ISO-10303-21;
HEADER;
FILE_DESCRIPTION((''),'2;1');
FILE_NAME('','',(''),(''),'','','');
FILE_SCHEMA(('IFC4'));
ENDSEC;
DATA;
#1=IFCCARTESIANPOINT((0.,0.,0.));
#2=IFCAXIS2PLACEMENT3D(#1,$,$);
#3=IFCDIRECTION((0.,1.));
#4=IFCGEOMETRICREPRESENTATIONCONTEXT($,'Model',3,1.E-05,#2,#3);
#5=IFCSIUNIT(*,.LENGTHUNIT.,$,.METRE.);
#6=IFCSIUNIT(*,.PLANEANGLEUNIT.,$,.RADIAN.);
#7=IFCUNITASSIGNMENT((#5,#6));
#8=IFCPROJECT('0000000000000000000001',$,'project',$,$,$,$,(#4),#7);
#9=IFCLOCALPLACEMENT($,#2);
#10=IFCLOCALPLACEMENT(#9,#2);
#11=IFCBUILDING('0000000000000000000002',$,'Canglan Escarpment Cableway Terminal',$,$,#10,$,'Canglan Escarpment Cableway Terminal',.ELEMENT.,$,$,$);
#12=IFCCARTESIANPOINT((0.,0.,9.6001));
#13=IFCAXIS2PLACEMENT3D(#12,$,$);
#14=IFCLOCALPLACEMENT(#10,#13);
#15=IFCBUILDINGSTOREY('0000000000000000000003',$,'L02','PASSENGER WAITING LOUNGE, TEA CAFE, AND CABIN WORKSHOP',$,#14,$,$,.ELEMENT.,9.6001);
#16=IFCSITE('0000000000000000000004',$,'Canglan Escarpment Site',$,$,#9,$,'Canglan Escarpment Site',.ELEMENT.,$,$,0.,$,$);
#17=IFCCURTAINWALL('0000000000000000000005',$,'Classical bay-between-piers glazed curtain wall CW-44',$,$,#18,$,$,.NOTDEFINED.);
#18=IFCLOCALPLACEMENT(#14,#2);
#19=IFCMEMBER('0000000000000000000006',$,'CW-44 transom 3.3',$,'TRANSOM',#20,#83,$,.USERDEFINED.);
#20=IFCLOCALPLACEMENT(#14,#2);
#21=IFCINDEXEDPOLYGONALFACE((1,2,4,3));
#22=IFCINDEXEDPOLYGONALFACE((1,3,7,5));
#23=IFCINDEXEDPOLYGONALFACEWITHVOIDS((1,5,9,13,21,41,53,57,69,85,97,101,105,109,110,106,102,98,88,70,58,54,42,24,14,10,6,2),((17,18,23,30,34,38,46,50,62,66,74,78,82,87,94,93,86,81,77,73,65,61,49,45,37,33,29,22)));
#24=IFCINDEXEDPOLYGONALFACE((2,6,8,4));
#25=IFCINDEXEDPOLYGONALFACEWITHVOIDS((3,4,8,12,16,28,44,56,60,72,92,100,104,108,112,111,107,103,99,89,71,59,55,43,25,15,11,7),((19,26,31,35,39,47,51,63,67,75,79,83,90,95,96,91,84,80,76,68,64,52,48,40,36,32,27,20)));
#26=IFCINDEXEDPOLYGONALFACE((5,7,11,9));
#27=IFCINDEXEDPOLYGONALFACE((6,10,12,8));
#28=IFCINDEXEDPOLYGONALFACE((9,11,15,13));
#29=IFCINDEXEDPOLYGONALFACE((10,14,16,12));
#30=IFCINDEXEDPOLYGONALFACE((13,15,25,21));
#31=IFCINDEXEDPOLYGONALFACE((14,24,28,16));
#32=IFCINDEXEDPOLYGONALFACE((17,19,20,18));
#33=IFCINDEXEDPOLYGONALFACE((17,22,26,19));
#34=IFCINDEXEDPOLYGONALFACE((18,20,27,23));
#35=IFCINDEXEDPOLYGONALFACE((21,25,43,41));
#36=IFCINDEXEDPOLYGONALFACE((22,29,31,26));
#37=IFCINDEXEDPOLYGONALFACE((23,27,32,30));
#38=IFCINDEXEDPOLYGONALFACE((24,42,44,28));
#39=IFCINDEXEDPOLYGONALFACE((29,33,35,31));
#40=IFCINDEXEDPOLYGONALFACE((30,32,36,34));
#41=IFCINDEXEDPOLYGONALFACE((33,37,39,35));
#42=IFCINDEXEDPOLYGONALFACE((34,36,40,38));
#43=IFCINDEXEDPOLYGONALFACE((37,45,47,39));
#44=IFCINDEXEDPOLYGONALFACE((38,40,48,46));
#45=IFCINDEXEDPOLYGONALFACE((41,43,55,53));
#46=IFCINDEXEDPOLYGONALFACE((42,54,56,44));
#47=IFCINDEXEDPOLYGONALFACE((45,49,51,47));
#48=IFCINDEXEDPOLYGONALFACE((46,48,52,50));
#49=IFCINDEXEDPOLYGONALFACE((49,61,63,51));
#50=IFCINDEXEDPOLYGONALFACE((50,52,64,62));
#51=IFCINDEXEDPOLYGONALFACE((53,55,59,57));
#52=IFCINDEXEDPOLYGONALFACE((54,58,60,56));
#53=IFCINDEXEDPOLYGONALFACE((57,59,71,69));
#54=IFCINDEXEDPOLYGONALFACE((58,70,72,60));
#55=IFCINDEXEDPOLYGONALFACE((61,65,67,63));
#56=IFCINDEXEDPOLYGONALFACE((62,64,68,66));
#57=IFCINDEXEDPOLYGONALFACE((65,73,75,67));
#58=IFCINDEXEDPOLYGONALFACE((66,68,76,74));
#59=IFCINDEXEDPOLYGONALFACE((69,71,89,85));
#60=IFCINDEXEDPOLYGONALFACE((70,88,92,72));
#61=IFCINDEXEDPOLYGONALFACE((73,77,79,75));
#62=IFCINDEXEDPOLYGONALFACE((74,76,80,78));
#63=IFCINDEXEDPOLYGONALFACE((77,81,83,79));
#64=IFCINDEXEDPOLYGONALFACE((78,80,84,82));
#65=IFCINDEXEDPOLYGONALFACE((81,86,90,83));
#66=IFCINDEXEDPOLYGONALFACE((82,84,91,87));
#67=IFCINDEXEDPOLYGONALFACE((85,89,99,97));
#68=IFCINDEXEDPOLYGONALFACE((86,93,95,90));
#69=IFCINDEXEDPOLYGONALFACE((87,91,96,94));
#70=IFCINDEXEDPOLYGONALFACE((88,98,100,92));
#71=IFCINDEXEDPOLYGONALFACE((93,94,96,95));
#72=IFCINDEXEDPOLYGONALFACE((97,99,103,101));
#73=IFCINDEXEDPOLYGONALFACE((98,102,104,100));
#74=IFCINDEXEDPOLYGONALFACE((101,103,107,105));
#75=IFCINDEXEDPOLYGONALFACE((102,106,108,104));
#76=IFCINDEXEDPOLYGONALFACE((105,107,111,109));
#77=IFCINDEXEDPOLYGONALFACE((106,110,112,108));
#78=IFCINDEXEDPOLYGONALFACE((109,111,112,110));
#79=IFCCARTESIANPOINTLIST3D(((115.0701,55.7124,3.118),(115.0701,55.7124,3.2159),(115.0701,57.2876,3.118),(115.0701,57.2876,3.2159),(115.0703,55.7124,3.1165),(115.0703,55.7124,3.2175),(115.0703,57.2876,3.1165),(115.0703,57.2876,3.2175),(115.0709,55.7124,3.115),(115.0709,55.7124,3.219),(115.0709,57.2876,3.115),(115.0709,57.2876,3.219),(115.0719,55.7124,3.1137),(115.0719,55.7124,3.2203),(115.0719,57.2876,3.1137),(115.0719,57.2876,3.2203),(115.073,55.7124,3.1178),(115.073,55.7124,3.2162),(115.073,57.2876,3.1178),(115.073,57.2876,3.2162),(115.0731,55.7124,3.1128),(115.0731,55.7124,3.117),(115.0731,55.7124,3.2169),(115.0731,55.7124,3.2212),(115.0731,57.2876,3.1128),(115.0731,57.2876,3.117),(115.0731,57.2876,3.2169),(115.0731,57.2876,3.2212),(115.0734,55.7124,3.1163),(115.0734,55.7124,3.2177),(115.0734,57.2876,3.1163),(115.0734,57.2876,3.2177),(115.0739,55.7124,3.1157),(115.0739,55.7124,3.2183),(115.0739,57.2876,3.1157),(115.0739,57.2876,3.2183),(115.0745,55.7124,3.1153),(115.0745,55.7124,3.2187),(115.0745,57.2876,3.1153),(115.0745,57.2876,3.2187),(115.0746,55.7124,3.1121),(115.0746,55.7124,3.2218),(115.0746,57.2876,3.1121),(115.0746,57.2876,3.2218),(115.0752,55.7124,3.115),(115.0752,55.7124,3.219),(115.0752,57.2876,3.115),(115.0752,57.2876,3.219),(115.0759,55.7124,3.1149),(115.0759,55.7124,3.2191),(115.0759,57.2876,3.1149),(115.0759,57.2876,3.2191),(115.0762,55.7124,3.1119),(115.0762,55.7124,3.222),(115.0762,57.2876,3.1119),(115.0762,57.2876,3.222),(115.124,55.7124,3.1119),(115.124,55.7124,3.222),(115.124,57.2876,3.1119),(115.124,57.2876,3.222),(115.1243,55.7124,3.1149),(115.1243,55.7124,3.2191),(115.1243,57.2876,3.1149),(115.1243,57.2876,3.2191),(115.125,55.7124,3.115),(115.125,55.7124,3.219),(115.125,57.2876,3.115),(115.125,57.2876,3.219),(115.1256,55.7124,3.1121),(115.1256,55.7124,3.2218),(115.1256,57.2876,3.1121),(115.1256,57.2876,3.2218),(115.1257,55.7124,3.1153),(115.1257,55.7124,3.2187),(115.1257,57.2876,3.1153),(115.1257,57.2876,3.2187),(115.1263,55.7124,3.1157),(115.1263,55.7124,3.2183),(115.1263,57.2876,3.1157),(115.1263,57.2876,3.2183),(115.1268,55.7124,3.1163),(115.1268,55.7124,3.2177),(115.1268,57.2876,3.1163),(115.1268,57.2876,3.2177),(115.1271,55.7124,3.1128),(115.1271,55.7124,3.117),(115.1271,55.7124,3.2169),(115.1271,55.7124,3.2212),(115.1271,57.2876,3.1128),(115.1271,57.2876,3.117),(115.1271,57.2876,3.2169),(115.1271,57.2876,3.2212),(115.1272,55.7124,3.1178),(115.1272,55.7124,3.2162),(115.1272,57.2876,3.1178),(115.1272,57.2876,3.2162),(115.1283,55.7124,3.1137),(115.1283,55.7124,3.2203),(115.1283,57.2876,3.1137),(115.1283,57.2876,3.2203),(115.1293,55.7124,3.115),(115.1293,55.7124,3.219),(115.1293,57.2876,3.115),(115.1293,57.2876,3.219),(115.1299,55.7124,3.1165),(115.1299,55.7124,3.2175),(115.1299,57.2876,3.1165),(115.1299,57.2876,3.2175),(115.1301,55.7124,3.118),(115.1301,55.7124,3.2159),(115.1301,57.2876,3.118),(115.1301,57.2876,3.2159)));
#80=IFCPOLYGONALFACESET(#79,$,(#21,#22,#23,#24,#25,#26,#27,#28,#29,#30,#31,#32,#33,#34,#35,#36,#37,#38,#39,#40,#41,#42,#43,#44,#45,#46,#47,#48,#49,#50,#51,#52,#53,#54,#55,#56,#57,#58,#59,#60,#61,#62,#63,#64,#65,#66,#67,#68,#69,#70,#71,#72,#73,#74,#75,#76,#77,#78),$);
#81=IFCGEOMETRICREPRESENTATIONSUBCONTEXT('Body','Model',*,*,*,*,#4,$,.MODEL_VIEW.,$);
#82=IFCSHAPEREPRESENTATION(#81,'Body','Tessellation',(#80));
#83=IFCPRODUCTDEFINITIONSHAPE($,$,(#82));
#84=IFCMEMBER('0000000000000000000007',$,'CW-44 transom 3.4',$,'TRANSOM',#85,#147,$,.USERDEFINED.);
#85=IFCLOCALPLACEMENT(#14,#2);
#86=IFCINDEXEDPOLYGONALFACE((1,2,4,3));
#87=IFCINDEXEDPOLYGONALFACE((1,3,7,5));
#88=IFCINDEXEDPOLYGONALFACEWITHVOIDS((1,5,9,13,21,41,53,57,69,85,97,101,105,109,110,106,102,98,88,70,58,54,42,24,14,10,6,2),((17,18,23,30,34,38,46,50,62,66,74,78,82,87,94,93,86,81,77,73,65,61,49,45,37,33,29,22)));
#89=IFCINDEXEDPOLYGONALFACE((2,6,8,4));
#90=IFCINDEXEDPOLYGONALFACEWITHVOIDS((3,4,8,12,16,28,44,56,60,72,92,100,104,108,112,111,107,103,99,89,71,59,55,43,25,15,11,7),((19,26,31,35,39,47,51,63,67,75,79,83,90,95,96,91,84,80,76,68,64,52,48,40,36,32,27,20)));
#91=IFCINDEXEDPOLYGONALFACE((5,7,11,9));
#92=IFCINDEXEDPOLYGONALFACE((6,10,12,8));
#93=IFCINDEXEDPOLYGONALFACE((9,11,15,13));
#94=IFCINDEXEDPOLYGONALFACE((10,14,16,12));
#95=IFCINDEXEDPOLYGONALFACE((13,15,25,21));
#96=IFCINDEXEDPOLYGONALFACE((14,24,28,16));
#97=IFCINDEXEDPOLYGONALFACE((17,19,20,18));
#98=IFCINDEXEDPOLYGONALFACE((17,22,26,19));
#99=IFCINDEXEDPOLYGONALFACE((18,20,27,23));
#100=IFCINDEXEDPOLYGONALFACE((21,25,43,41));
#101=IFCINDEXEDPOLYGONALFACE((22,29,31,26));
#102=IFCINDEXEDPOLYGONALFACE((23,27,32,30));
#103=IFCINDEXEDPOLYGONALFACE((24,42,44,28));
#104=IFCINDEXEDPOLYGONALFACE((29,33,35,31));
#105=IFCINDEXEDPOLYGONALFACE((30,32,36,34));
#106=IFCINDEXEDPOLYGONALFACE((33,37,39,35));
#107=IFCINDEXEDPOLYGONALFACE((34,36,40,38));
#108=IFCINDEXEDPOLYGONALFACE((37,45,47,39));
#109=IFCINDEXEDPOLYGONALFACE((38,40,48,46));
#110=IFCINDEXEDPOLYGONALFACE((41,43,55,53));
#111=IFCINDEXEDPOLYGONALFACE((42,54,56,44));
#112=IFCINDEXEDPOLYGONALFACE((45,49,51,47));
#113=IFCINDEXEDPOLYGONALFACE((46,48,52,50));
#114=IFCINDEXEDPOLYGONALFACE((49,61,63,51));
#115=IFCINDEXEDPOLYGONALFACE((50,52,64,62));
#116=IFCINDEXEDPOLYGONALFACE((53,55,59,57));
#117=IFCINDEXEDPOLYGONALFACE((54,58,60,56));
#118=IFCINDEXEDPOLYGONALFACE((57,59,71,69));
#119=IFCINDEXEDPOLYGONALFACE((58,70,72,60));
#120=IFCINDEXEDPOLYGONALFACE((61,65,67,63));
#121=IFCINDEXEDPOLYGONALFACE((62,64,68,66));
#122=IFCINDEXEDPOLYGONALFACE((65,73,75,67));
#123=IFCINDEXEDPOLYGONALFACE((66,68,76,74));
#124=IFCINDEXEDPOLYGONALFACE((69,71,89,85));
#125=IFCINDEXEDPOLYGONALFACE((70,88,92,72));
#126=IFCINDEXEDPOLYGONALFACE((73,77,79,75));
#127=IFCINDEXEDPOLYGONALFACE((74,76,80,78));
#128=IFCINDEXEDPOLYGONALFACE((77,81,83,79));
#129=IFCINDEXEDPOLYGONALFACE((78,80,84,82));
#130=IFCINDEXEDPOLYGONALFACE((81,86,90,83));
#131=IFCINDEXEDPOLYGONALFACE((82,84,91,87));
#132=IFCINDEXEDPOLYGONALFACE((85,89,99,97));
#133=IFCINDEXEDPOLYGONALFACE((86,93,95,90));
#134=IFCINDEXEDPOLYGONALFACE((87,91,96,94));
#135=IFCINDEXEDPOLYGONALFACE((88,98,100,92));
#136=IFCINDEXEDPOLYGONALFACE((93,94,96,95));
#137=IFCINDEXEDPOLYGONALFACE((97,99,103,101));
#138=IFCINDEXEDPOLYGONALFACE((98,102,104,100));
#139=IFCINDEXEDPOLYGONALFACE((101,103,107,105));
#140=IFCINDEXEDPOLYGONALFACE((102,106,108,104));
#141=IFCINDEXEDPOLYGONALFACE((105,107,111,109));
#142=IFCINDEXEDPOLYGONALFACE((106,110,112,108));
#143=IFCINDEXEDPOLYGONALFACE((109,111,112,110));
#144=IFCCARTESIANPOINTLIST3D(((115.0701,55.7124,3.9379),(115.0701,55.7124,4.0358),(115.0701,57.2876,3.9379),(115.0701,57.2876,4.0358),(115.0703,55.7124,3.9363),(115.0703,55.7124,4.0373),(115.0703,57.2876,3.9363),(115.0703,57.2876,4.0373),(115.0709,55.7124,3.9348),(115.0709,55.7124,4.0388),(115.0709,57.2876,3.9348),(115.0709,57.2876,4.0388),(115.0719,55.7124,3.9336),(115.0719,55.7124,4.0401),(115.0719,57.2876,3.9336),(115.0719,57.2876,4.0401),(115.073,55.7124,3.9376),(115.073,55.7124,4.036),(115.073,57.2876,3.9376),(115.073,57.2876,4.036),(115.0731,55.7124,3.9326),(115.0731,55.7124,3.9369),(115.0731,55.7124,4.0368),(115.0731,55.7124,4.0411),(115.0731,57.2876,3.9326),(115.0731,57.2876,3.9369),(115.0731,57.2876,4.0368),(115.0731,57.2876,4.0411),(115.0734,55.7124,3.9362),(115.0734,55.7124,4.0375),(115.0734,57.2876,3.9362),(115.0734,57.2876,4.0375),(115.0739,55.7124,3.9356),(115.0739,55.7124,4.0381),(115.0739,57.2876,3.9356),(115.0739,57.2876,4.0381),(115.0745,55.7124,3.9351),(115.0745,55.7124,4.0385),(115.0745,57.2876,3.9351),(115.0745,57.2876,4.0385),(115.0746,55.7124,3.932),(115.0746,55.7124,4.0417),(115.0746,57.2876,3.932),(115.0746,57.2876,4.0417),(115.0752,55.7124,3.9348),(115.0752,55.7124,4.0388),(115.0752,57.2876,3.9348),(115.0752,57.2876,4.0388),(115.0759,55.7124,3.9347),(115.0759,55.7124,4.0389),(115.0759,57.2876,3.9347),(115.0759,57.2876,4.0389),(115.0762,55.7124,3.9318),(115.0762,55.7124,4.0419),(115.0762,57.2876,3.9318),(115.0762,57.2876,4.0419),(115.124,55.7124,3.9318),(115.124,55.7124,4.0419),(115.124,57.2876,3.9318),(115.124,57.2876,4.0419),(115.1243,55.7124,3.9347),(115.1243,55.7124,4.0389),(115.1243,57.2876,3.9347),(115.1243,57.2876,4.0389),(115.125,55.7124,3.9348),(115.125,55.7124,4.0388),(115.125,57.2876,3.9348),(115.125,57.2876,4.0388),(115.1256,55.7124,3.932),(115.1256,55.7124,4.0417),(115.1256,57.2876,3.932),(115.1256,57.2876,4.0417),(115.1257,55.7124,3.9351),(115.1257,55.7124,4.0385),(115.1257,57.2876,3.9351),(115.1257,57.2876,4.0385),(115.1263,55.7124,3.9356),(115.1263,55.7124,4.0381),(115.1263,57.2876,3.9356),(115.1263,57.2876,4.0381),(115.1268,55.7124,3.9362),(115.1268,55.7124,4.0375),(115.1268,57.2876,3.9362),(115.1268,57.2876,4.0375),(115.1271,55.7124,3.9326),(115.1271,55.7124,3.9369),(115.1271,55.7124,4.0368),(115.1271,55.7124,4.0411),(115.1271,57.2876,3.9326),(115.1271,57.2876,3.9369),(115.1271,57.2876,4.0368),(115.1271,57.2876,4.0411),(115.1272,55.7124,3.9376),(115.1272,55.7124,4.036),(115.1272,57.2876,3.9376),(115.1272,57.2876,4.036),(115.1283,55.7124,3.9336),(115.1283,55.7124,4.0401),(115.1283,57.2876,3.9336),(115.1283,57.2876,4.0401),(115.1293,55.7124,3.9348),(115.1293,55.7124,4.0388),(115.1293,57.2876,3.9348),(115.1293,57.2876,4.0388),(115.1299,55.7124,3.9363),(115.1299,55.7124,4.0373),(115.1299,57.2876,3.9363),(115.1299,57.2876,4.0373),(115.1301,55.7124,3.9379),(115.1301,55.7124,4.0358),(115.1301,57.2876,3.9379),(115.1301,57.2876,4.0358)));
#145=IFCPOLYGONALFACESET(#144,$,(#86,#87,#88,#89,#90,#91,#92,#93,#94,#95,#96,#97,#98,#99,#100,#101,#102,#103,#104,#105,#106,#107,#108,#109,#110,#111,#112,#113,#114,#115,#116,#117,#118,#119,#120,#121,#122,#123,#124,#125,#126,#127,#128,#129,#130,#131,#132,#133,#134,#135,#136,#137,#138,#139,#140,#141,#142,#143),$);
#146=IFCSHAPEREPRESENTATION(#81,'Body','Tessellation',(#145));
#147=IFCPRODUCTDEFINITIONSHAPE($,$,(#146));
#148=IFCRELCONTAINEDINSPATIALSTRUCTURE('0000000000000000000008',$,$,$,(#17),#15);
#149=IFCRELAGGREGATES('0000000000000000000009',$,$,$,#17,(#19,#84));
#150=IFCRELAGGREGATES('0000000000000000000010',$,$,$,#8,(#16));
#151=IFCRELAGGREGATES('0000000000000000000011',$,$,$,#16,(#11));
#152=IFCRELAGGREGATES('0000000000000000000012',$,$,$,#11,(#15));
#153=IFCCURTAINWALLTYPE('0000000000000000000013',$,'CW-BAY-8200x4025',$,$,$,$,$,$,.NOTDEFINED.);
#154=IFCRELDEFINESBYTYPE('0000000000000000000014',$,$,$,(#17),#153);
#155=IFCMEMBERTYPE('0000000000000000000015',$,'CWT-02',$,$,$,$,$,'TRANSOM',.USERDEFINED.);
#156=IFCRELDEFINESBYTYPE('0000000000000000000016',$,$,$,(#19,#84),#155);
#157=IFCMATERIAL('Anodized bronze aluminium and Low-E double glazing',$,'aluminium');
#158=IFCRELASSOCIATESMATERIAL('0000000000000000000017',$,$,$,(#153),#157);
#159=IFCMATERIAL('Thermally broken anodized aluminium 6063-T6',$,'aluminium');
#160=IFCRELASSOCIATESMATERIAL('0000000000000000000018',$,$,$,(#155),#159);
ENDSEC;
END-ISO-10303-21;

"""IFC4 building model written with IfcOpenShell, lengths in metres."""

from ifc_helpers import new_model, si_unit, direction, frame, origin, origin_2d, place, context, subcontext, project, spatial, hollow_rectangle, extrude, material, material_profile, profile_set, type_object, element, aggregate, save


model = new_model("IFC4")

# Units and contexts
model_context = context("Model", 3, precision=1e-05, world=origin(), true_north=direction((0.0, 1.0)))
body_context = subcontext(model_context, "Body", "Model", "MODEL_VIEW")
ifc_project = project(units=[si_unit("LENGTHUNIT", "METRE"), si_unit("PLANEANGLEUNIT", "RADIAN")], contexts=[model_context])

# Site, building, storey
site_placement = place(None, origin())
site = spatial("IfcSite", under=ifc_project, at=site_placement, Name="Canglan Escarpment Site", LongName="Canglan Escarpment Site", CompositionType="ELEMENT", RefElevation=0.0)
building_placement = place(site_placement, origin())
building = spatial("IfcBuilding", under=site, at=building_placement, Name="Canglan Escarpment Cableway Terminal", LongName="Canglan Escarpment Cableway Terminal", CompositionType="ELEMENT")
storey_placement = place(building_placement, frame((0.0, 0.0, 9.6001)))
storey = spatial("IfcBuildingStorey", under=building, at=storey_placement, Name="L02", Description="PASSENGER WAITING LOUNGE, TEA CAFE, AND CABIN WORKSHOP", CompositionType="ELEMENT", Elevation=9.6001)

# Curtain wall, members
ifc_material_1 = material(Name="Anodized bronze aluminium and Low-E double glazing", Category="aluminium")
curtain_wall_type = type_object("IfcCurtainWallType", Name="CW-BAY-8200x4025", PredefinedType="NOTDEFINED", material=ifc_material_1)
curtain_wall_placement = place(storey_placement, origin())
curtain_wall = element("IfcCurtainWall", 1, at=curtain_wall_placement, inside=storey, type_object=curtain_wall_type, Name="Classical bay-between-piers glazed curtain wall CW-44", PredefinedType="NOTDEFINED")
ifc_material_2 = material(Name="Thermally broken anodized aluminium 6063-T6", Category="aluminium")
ifc_material_profile_1 = material_profile(ifc_material_2, hollow_rectangle(XDim=0.0601, YDim=0.1101, WallThickness=0.0029, InnerFilletRadius=0.0029, OuterFilletRadius=0.0061, at=origin_2d()), Name="ALU-TRAN 60x110x3")
ifc_profile_set_1 = profile_set([ifc_material_profile_1], Name="Thermally broken anodized aluminium 6063-T6")
member_type_1 = type_object("IfcMemberType", Name="CWT-02", ElementType="TRANSOM", PredefinedType="USERDEFINED", material=ifc_profile_set_1)
member_1_placement = place(storey_placement, frame((115.1001, 57.2876, 3.167), z_axis=(0.0, -1.0, 0.0), x_axis=(1.0, 0.0, 0.0)))
member_1 = element("IfcMember", 2, at=member_1_placement, type_object=member_type_1, Name="CW-44 transom 3.3", ObjectType="TRANSOM", PredefinedType="USERDEFINED", context=body_context, shape_type="SweptSolid", body=[
    extrude(hollow_rectangle(XDim=0.0601, YDim=0.1101, WallThickness=0.0029, InnerFilletRadius=0.0029, OuterFilletRadius=0.0061, at=origin_2d()), origin(), (0.0, 0.0, 1.0), 1.5752),
])
member_2_placement = place(storey_placement, frame((115.1001, 57.2876, 3.9868), z_axis=(0.0, -1.0, 0.0), x_axis=(1.0, 0.0, 0.0)))
member_2 = element("IfcMember", 3, at=member_2_placement, type_object=member_type_1, Name="CW-44 transom 3.4", ObjectType="TRANSOM", PredefinedType="USERDEFINED", context=body_context, shape_type="SweptSolid", body=[
    extrude(hollow_rectangle(XDim=0.0601, YDim=0.1101, WallThickness=0.0029, InnerFilletRadius=0.0029, OuterFilletRadius=0.0061, at=origin_2d()), origin(), (0.0, 0.0, 1.0), 1.5752),
])

aggregate(curtain_wall, [member_1, member_2])

save(model, "model.ifc")
